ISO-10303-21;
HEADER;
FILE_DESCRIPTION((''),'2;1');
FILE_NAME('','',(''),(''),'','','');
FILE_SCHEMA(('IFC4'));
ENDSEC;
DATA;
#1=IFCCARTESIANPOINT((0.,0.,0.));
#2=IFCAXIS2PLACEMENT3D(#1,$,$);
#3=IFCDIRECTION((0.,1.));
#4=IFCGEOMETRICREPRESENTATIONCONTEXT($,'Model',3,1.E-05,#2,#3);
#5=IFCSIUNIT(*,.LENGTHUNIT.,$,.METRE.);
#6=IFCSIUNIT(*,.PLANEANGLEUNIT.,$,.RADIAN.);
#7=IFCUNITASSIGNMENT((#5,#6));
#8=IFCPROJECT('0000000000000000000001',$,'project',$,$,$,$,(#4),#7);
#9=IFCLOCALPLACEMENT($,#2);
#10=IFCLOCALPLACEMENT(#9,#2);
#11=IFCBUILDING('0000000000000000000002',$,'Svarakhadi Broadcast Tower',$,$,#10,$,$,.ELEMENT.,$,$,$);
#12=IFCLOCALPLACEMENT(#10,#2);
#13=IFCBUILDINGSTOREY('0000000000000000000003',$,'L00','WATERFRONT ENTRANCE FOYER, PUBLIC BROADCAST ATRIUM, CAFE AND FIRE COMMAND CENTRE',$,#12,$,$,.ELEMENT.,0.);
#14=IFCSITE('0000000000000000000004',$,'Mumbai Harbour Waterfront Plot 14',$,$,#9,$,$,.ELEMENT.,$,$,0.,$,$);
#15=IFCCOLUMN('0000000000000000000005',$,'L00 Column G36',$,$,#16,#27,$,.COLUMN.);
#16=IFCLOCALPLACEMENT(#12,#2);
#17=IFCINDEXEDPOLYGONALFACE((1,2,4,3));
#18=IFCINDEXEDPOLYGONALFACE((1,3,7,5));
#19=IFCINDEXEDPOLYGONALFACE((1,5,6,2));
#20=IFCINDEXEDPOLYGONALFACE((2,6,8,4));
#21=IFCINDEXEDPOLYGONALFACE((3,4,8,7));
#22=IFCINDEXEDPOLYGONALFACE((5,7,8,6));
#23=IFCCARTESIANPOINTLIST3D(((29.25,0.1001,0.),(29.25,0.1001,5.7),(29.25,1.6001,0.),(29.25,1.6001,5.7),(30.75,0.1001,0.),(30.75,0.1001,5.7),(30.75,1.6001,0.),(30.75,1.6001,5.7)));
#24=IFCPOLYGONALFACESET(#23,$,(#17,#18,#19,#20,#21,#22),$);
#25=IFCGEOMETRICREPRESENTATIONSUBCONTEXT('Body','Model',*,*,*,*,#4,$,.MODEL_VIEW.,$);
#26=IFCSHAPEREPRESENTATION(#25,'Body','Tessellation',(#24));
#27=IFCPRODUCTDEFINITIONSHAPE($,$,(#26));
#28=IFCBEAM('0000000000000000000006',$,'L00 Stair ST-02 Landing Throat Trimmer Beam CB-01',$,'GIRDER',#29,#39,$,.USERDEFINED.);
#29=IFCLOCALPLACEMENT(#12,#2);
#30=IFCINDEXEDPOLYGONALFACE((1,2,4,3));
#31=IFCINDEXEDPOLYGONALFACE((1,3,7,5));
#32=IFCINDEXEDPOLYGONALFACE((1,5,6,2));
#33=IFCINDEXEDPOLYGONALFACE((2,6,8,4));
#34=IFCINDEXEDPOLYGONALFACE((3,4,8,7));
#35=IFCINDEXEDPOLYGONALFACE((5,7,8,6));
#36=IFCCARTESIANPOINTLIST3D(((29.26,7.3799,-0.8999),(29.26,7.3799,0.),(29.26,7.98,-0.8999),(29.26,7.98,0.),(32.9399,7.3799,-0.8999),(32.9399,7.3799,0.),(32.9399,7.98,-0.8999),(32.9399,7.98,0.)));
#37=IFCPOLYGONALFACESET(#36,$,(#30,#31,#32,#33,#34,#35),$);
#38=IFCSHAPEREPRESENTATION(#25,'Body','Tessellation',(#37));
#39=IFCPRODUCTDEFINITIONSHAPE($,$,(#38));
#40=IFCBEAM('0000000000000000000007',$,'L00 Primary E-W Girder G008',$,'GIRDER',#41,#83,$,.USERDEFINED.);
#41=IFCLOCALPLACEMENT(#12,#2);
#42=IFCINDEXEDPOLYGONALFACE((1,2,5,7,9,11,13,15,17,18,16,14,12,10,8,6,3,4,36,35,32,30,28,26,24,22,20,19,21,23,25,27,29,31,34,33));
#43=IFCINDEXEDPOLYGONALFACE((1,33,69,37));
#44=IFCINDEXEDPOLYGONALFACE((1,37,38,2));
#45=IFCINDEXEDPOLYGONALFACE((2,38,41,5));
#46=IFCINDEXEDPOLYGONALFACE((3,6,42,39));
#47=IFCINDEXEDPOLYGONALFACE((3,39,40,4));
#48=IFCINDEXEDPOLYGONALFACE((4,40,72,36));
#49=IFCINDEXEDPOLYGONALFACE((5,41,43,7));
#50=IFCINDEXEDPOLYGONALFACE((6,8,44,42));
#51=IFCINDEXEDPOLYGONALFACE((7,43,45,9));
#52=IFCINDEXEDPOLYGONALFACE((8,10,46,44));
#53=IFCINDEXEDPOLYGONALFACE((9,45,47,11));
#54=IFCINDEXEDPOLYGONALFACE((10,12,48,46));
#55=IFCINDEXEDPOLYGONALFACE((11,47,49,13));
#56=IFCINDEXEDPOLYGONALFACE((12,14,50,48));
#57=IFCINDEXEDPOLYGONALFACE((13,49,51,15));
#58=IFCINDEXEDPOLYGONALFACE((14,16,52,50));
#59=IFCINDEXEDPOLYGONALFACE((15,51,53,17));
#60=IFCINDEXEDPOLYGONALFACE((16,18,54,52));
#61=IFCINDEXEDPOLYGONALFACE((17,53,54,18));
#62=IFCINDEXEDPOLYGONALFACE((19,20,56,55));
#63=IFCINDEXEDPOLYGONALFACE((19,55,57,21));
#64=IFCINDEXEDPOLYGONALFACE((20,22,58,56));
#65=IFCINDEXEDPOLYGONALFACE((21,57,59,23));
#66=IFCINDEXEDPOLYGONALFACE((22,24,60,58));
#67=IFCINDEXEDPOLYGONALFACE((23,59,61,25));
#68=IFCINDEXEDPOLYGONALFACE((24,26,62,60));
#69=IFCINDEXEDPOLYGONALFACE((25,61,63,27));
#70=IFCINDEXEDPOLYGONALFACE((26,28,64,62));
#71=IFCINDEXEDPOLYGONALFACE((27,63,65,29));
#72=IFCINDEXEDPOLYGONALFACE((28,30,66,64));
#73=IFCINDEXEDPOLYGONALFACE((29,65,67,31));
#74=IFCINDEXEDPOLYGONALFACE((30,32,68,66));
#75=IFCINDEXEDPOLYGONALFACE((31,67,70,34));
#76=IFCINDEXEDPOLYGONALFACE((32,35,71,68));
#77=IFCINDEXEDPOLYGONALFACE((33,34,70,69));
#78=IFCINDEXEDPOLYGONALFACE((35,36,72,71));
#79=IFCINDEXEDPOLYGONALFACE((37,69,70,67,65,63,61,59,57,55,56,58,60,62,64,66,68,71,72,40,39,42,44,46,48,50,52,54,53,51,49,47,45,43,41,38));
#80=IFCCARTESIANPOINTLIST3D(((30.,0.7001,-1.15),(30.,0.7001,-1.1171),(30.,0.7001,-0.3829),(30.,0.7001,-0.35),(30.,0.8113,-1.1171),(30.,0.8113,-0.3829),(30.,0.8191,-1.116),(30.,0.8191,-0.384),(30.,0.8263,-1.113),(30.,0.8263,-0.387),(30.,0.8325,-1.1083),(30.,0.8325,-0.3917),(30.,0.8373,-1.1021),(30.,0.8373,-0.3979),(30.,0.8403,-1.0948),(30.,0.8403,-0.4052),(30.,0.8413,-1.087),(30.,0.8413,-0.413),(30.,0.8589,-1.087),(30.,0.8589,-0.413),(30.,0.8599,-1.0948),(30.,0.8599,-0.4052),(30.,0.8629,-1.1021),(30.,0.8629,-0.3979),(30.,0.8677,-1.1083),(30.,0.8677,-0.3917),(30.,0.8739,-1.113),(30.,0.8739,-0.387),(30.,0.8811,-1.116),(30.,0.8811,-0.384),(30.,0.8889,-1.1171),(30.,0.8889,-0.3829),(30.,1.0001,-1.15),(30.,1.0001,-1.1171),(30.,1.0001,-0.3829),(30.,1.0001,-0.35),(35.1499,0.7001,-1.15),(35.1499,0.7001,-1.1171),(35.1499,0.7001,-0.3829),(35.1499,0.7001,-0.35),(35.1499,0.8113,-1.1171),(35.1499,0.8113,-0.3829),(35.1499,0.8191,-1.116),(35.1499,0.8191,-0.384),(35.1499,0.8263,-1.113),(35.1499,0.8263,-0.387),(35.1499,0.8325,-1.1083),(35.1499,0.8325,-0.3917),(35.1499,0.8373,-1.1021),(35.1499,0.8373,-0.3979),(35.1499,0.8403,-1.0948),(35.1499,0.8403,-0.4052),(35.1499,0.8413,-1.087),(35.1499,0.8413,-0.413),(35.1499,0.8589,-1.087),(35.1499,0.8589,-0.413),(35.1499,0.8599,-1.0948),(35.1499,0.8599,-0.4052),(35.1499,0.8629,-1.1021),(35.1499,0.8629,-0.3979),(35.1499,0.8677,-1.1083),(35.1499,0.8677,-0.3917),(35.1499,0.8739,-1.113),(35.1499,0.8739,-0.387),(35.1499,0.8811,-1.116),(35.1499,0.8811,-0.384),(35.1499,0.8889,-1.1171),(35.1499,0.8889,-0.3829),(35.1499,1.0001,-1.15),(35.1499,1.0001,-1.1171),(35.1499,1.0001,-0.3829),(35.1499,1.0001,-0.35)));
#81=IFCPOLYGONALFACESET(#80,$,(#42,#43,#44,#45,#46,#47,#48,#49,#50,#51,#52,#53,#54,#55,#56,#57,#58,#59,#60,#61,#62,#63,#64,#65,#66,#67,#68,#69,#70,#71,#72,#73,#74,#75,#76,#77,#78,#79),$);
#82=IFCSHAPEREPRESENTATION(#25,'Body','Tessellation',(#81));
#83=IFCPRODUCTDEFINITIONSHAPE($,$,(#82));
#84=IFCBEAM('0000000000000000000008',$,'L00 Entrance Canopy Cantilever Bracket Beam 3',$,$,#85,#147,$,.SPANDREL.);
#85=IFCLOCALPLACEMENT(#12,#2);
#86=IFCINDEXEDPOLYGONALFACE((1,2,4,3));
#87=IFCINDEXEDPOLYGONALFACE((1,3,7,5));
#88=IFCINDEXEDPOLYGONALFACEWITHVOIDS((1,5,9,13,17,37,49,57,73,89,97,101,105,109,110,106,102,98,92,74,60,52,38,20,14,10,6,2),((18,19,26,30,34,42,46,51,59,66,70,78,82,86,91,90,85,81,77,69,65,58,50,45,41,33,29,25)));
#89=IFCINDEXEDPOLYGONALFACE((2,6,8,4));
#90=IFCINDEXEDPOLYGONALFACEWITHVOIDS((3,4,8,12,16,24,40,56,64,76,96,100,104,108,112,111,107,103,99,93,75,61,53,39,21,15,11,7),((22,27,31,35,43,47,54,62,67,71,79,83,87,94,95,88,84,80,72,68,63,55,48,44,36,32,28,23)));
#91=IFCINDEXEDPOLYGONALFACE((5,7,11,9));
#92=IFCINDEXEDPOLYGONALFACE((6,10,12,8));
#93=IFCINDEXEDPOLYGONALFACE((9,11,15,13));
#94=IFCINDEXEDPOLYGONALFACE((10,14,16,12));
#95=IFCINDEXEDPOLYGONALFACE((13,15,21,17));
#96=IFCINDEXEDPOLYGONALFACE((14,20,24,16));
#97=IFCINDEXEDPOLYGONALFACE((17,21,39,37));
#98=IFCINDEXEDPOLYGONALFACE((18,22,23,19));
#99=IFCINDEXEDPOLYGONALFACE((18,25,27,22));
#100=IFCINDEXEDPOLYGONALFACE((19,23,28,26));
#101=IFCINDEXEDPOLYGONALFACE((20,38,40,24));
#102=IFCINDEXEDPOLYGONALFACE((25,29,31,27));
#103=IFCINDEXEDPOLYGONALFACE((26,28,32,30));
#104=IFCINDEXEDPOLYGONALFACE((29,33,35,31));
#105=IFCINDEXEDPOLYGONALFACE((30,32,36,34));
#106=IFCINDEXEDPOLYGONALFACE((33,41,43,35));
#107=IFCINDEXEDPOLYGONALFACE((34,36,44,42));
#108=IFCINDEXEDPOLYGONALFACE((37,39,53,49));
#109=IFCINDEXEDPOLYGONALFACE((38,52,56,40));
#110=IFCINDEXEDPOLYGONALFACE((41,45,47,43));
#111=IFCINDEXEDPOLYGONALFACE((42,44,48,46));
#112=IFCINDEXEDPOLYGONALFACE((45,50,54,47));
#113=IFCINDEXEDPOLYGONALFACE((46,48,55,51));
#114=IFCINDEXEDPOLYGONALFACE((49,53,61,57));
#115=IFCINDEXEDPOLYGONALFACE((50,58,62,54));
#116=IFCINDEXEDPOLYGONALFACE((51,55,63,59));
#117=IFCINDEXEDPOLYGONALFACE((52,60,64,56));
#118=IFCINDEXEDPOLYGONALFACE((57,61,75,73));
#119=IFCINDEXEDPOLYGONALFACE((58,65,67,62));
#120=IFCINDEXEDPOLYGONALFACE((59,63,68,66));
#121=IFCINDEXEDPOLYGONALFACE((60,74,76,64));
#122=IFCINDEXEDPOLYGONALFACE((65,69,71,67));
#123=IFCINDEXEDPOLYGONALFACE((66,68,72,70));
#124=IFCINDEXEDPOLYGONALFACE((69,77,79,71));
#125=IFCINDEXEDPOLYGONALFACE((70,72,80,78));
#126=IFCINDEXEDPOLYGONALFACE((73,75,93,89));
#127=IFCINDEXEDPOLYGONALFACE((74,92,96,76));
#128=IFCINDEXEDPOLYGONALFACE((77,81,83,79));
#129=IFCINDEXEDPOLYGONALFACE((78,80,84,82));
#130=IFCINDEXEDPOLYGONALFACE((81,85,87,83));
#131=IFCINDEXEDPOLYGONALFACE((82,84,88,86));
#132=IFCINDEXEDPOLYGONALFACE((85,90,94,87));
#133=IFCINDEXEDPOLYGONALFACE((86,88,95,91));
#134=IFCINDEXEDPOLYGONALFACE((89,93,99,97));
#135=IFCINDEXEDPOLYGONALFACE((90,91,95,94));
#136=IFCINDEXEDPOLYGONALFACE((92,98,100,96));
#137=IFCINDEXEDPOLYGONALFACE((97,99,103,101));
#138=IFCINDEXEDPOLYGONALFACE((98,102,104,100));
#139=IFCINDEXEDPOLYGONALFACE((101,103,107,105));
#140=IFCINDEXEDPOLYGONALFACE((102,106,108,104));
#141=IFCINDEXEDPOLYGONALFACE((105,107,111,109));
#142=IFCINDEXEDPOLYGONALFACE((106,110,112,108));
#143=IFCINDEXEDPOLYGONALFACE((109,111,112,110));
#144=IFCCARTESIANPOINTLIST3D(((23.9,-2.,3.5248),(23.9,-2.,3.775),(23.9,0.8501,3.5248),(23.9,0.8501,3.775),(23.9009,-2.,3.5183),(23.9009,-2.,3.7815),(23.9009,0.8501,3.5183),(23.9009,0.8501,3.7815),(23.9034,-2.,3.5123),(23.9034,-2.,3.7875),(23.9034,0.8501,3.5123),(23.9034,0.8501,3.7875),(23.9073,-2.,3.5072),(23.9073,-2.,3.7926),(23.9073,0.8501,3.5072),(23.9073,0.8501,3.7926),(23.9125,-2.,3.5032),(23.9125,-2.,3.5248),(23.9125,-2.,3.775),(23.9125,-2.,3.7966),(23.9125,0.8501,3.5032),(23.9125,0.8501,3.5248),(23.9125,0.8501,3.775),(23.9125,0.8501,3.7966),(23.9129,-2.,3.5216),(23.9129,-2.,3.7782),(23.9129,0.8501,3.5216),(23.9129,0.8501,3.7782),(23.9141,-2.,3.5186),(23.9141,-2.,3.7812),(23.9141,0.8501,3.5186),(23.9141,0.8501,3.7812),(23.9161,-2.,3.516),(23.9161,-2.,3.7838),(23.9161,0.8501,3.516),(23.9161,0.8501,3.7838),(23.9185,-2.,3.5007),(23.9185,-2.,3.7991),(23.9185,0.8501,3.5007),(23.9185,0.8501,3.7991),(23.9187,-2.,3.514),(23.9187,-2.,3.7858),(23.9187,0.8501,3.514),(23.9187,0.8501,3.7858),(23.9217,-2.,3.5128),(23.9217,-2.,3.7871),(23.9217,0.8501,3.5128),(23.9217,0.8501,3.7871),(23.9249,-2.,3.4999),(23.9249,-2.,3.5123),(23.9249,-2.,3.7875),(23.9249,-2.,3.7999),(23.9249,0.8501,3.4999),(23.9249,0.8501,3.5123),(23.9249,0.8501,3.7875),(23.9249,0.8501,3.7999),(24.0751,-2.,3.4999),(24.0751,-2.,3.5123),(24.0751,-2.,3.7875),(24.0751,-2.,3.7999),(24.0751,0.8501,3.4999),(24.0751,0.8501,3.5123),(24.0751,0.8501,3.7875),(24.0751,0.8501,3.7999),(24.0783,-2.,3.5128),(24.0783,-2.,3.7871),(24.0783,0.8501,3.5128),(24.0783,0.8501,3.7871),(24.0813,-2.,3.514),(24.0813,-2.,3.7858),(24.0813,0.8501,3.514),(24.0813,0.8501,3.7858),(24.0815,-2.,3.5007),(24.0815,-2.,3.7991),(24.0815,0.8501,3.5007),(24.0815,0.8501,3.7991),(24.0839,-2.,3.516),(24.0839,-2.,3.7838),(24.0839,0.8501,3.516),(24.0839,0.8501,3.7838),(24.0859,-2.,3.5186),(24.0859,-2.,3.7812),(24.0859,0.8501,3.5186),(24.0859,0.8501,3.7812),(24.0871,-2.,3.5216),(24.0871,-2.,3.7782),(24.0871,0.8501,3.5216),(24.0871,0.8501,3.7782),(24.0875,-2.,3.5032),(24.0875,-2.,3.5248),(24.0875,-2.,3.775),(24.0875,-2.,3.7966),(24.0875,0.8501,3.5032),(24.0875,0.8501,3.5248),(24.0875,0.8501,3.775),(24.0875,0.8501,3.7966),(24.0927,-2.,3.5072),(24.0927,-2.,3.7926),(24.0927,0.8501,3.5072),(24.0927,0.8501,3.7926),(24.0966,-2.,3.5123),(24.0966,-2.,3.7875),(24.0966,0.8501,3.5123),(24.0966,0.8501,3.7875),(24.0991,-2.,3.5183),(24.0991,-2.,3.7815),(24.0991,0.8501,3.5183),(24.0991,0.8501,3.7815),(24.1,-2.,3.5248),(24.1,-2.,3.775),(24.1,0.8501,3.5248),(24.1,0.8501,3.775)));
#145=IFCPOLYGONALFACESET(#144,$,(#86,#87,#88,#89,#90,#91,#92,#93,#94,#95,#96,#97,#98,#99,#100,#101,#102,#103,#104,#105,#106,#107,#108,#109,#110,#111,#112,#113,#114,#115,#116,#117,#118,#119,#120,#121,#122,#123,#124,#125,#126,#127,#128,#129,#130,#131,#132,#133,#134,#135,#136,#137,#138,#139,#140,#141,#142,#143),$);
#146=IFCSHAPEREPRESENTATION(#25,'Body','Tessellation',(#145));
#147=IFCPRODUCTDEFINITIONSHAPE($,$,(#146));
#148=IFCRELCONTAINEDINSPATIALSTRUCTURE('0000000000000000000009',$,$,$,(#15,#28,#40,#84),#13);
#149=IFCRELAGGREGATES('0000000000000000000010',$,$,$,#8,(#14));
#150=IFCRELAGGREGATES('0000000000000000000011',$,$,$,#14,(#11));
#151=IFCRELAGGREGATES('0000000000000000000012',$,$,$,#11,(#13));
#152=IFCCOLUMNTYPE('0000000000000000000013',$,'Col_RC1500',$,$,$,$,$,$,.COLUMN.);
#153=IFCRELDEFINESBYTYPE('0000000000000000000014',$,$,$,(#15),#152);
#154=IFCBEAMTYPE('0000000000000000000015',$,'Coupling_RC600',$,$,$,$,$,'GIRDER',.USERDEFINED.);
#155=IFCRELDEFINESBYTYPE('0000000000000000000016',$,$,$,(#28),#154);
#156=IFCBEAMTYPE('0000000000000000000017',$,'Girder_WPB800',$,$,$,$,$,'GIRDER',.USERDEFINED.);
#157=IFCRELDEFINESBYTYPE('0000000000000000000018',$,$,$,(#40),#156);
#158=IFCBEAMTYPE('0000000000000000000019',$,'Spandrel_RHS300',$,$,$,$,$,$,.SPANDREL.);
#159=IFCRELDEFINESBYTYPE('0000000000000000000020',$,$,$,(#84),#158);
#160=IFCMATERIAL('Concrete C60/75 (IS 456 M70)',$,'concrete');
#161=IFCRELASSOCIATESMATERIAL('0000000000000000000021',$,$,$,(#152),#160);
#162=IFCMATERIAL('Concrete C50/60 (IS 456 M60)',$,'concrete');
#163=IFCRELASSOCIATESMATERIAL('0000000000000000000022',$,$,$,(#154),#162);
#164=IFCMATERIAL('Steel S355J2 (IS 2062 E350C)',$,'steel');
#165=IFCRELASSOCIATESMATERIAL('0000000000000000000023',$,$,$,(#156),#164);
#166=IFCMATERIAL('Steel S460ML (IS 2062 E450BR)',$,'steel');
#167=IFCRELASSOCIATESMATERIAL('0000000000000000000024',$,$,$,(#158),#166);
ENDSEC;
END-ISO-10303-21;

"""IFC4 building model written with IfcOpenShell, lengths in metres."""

from ifc_helpers import new_model, si_unit, direction, frame, origin, origin_2d, place, context, subcontext, project, spatial, rectangle, hollow_rectangle, i_section, extrude, material, material_profile, profile_set, type_object, element, save


model = new_model("IFC4")

# Units and contexts
model_context = context("Model", 3, precision=1e-05, world=origin(), true_north=direction((0.0, 1.0)))
body_context = subcontext(model_context, "Body", "Model", "MODEL_VIEW")
ifc_project = project(units=[si_unit("LENGTHUNIT", "METRE"), si_unit("PLANEANGLEUNIT", "RADIAN")], contexts=[model_context])

# Site, building, storey
site_placement = place(None, origin())
site = spatial("IfcSite", under=ifc_project, at=site_placement, Name="Mumbai Harbour Waterfront Plot 14", CompositionType="ELEMENT", RefElevation=0.0)
building_placement = place(site_placement, origin())
building = spatial("IfcBuilding", under=site, at=building_placement, Name="Svarakhadi Broadcast Tower", CompositionType="ELEMENT")
storey_placement = place(building_placement, origin())
storey = spatial("IfcBuildingStorey", under=building, at=storey_placement, Name="L00", Description="WATERFRONT ENTRANCE FOYER, PUBLIC BROADCAST ATRIUM, CAFE AND FIRE COMMAND CENTRE", CompositionType="ELEMENT", Elevation=0.0)

# Column
ifc_material_1 = material(Name="Concrete C60/75 (IS 456 M70)", Category="concrete")
ifc_material_profile_1 = material_profile(ifc_material_1, rectangle(XDim=1.5, YDim=1.5, at=origin_2d()), Name="RC 1500x1500")
ifc_profile_set_1 = profile_set([ifc_material_profile_1], Name="Concrete C60/75 (IS 456 M70)")
column_type = type_object("IfcColumnType", Name="Col_RC1500", PredefinedType="COLUMN", material=ifc_profile_set_1)
column_placement = place(storey_placement, frame((30.0, 0.8501, 0.0), z_axis=(0.0, 0.0, 1.0), x_axis=(1.0, 0.0, 0.0)))
element("IfcColumn", 1, at=column_placement, inside=storey, type_object=column_type, Name="L00 Column G36", PredefinedType="COLUMN", context=body_context, shape_type="SweptSolid", body=[
    extrude(rectangle(XDim=1.5, YDim=1.5, at=origin_2d()), origin(), (0.0, 0.0, 1.0), 5.7),
])

# Beams
ifc_material_2 = material(Name="Concrete C50/60 (IS 456 M60)", Category="concrete")
ifc_material_profile_2 = material_profile(ifc_material_2, rectangle(XDim=0.6001, YDim=0.8999, at=origin_2d()), Name="RC 600x900")
ifc_profile_set_2 = profile_set([ifc_material_profile_2], Name="Concrete C50/60 (IS 456 M60)")
beam_type_1 = type_object("IfcBeamType", Name="Coupling_RC600", ElementType="GIRDER", PredefinedType="USERDEFINED", material=ifc_profile_set_2)
beam_1_placement = place(storey_placement, frame((29.26, 7.6799, -0.45), z_axis=(1.0, 0.0, 0.0), x_axis=(0.0, 1.0, 0.0)))
element("IfcBeam", 2, at=beam_1_placement, inside=storey, type_object=beam_type_1, Name="L00 Stair ST-02 Landing Throat Trimmer Beam CB-01", ObjectType="GIRDER", PredefinedType="USERDEFINED", context=body_context, shape_type="SweptSolid", body=[
    extrude(rectangle(XDim=0.6001, YDim=0.8999, at=origin_2d()), origin(), (0.0, 0.0, 1.0), 3.6799),
])
ifc_material_3 = material(Name="Steel S355J2 (IS 2062 E350C)", Category="steel")
ifc_material_profile_3 = material_profile(ifc_material_3, i_section(OverallWidth=0.3, OverallDepth=0.8, WebThickness=0.0176, FlangeThickness=0.033, FilletRadius=0.03, at=origin_2d()), Name="WPB 800x300x262")
ifc_profile_set_3 = profile_set([ifc_material_profile_3], Name="Steel S355J2 (IS 2062 E350C)")
beam_type_2 = type_object("IfcBeamType", Name="Girder_WPB800", ElementType="GIRDER", PredefinedType="USERDEFINED", material=ifc_profile_set_3)
beam_2_placement = place(storey_placement, frame((30.0, 0.8501, -0.75), z_axis=(1.0, 0.0, 0.0), x_axis=(0.0, 1.0, 0.0)))
element("IfcBeam", 3, at=beam_2_placement, inside=storey, type_object=beam_type_2, Name="L00 Primary E-W Girder G008", ObjectType="GIRDER", PredefinedType="USERDEFINED", context=body_context, shape_type="SweptSolid", body=[
    extrude(i_section(OverallWidth=0.3, OverallDepth=0.8, WebThickness=0.0176, FlangeThickness=0.033, FilletRadius=0.03, at=origin_2d()), origin(), (0.0, 0.0, 1.0), 5.1499),
])
ifc_material_4 = material(Name="Steel S460ML (IS 2062 E450BR)", Category="steel")
ifc_material_profile_4 = material_profile(ifc_material_4, hollow_rectangle(XDim=0.2, YDim=0.3, WallThickness=0.0125, InnerFilletRadius=0.0125, OuterFilletRadius=0.0249, at=origin_2d()), Name="RHS 300x200x12.5")
ifc_profile_set_4 = profile_set([ifc_material_profile_4], Name="Steel S460ML (IS 2062 E450BR)")
beam_type_3 = type_object("IfcBeamType", Name="Spandrel_RHS300", PredefinedType="SPANDREL", material=ifc_profile_set_4)
beam_3_placement = place(storey_placement, frame((24.0, 0.8501, 3.6499), z_axis=(0.0, -1.0, 0.0), x_axis=(1.0, 0.0, 0.0)))
element("IfcBeam", 4, at=beam_3_placement, inside=storey, type_object=beam_type_3, Name="L00 Entrance Canopy Cantilever Bracket Beam 3", PredefinedType="SPANDREL", context=body_context, shape_type="SweptSolid", body=[
    extrude(hollow_rectangle(XDim=0.2, YDim=0.3, WallThickness=0.0125, InnerFilletRadius=0.0125, OuterFilletRadius=0.0249, at=origin_2d()), origin(), (0.0, 0.0, 1.0), 2.8501),
])

save(model, "model.ifc")
